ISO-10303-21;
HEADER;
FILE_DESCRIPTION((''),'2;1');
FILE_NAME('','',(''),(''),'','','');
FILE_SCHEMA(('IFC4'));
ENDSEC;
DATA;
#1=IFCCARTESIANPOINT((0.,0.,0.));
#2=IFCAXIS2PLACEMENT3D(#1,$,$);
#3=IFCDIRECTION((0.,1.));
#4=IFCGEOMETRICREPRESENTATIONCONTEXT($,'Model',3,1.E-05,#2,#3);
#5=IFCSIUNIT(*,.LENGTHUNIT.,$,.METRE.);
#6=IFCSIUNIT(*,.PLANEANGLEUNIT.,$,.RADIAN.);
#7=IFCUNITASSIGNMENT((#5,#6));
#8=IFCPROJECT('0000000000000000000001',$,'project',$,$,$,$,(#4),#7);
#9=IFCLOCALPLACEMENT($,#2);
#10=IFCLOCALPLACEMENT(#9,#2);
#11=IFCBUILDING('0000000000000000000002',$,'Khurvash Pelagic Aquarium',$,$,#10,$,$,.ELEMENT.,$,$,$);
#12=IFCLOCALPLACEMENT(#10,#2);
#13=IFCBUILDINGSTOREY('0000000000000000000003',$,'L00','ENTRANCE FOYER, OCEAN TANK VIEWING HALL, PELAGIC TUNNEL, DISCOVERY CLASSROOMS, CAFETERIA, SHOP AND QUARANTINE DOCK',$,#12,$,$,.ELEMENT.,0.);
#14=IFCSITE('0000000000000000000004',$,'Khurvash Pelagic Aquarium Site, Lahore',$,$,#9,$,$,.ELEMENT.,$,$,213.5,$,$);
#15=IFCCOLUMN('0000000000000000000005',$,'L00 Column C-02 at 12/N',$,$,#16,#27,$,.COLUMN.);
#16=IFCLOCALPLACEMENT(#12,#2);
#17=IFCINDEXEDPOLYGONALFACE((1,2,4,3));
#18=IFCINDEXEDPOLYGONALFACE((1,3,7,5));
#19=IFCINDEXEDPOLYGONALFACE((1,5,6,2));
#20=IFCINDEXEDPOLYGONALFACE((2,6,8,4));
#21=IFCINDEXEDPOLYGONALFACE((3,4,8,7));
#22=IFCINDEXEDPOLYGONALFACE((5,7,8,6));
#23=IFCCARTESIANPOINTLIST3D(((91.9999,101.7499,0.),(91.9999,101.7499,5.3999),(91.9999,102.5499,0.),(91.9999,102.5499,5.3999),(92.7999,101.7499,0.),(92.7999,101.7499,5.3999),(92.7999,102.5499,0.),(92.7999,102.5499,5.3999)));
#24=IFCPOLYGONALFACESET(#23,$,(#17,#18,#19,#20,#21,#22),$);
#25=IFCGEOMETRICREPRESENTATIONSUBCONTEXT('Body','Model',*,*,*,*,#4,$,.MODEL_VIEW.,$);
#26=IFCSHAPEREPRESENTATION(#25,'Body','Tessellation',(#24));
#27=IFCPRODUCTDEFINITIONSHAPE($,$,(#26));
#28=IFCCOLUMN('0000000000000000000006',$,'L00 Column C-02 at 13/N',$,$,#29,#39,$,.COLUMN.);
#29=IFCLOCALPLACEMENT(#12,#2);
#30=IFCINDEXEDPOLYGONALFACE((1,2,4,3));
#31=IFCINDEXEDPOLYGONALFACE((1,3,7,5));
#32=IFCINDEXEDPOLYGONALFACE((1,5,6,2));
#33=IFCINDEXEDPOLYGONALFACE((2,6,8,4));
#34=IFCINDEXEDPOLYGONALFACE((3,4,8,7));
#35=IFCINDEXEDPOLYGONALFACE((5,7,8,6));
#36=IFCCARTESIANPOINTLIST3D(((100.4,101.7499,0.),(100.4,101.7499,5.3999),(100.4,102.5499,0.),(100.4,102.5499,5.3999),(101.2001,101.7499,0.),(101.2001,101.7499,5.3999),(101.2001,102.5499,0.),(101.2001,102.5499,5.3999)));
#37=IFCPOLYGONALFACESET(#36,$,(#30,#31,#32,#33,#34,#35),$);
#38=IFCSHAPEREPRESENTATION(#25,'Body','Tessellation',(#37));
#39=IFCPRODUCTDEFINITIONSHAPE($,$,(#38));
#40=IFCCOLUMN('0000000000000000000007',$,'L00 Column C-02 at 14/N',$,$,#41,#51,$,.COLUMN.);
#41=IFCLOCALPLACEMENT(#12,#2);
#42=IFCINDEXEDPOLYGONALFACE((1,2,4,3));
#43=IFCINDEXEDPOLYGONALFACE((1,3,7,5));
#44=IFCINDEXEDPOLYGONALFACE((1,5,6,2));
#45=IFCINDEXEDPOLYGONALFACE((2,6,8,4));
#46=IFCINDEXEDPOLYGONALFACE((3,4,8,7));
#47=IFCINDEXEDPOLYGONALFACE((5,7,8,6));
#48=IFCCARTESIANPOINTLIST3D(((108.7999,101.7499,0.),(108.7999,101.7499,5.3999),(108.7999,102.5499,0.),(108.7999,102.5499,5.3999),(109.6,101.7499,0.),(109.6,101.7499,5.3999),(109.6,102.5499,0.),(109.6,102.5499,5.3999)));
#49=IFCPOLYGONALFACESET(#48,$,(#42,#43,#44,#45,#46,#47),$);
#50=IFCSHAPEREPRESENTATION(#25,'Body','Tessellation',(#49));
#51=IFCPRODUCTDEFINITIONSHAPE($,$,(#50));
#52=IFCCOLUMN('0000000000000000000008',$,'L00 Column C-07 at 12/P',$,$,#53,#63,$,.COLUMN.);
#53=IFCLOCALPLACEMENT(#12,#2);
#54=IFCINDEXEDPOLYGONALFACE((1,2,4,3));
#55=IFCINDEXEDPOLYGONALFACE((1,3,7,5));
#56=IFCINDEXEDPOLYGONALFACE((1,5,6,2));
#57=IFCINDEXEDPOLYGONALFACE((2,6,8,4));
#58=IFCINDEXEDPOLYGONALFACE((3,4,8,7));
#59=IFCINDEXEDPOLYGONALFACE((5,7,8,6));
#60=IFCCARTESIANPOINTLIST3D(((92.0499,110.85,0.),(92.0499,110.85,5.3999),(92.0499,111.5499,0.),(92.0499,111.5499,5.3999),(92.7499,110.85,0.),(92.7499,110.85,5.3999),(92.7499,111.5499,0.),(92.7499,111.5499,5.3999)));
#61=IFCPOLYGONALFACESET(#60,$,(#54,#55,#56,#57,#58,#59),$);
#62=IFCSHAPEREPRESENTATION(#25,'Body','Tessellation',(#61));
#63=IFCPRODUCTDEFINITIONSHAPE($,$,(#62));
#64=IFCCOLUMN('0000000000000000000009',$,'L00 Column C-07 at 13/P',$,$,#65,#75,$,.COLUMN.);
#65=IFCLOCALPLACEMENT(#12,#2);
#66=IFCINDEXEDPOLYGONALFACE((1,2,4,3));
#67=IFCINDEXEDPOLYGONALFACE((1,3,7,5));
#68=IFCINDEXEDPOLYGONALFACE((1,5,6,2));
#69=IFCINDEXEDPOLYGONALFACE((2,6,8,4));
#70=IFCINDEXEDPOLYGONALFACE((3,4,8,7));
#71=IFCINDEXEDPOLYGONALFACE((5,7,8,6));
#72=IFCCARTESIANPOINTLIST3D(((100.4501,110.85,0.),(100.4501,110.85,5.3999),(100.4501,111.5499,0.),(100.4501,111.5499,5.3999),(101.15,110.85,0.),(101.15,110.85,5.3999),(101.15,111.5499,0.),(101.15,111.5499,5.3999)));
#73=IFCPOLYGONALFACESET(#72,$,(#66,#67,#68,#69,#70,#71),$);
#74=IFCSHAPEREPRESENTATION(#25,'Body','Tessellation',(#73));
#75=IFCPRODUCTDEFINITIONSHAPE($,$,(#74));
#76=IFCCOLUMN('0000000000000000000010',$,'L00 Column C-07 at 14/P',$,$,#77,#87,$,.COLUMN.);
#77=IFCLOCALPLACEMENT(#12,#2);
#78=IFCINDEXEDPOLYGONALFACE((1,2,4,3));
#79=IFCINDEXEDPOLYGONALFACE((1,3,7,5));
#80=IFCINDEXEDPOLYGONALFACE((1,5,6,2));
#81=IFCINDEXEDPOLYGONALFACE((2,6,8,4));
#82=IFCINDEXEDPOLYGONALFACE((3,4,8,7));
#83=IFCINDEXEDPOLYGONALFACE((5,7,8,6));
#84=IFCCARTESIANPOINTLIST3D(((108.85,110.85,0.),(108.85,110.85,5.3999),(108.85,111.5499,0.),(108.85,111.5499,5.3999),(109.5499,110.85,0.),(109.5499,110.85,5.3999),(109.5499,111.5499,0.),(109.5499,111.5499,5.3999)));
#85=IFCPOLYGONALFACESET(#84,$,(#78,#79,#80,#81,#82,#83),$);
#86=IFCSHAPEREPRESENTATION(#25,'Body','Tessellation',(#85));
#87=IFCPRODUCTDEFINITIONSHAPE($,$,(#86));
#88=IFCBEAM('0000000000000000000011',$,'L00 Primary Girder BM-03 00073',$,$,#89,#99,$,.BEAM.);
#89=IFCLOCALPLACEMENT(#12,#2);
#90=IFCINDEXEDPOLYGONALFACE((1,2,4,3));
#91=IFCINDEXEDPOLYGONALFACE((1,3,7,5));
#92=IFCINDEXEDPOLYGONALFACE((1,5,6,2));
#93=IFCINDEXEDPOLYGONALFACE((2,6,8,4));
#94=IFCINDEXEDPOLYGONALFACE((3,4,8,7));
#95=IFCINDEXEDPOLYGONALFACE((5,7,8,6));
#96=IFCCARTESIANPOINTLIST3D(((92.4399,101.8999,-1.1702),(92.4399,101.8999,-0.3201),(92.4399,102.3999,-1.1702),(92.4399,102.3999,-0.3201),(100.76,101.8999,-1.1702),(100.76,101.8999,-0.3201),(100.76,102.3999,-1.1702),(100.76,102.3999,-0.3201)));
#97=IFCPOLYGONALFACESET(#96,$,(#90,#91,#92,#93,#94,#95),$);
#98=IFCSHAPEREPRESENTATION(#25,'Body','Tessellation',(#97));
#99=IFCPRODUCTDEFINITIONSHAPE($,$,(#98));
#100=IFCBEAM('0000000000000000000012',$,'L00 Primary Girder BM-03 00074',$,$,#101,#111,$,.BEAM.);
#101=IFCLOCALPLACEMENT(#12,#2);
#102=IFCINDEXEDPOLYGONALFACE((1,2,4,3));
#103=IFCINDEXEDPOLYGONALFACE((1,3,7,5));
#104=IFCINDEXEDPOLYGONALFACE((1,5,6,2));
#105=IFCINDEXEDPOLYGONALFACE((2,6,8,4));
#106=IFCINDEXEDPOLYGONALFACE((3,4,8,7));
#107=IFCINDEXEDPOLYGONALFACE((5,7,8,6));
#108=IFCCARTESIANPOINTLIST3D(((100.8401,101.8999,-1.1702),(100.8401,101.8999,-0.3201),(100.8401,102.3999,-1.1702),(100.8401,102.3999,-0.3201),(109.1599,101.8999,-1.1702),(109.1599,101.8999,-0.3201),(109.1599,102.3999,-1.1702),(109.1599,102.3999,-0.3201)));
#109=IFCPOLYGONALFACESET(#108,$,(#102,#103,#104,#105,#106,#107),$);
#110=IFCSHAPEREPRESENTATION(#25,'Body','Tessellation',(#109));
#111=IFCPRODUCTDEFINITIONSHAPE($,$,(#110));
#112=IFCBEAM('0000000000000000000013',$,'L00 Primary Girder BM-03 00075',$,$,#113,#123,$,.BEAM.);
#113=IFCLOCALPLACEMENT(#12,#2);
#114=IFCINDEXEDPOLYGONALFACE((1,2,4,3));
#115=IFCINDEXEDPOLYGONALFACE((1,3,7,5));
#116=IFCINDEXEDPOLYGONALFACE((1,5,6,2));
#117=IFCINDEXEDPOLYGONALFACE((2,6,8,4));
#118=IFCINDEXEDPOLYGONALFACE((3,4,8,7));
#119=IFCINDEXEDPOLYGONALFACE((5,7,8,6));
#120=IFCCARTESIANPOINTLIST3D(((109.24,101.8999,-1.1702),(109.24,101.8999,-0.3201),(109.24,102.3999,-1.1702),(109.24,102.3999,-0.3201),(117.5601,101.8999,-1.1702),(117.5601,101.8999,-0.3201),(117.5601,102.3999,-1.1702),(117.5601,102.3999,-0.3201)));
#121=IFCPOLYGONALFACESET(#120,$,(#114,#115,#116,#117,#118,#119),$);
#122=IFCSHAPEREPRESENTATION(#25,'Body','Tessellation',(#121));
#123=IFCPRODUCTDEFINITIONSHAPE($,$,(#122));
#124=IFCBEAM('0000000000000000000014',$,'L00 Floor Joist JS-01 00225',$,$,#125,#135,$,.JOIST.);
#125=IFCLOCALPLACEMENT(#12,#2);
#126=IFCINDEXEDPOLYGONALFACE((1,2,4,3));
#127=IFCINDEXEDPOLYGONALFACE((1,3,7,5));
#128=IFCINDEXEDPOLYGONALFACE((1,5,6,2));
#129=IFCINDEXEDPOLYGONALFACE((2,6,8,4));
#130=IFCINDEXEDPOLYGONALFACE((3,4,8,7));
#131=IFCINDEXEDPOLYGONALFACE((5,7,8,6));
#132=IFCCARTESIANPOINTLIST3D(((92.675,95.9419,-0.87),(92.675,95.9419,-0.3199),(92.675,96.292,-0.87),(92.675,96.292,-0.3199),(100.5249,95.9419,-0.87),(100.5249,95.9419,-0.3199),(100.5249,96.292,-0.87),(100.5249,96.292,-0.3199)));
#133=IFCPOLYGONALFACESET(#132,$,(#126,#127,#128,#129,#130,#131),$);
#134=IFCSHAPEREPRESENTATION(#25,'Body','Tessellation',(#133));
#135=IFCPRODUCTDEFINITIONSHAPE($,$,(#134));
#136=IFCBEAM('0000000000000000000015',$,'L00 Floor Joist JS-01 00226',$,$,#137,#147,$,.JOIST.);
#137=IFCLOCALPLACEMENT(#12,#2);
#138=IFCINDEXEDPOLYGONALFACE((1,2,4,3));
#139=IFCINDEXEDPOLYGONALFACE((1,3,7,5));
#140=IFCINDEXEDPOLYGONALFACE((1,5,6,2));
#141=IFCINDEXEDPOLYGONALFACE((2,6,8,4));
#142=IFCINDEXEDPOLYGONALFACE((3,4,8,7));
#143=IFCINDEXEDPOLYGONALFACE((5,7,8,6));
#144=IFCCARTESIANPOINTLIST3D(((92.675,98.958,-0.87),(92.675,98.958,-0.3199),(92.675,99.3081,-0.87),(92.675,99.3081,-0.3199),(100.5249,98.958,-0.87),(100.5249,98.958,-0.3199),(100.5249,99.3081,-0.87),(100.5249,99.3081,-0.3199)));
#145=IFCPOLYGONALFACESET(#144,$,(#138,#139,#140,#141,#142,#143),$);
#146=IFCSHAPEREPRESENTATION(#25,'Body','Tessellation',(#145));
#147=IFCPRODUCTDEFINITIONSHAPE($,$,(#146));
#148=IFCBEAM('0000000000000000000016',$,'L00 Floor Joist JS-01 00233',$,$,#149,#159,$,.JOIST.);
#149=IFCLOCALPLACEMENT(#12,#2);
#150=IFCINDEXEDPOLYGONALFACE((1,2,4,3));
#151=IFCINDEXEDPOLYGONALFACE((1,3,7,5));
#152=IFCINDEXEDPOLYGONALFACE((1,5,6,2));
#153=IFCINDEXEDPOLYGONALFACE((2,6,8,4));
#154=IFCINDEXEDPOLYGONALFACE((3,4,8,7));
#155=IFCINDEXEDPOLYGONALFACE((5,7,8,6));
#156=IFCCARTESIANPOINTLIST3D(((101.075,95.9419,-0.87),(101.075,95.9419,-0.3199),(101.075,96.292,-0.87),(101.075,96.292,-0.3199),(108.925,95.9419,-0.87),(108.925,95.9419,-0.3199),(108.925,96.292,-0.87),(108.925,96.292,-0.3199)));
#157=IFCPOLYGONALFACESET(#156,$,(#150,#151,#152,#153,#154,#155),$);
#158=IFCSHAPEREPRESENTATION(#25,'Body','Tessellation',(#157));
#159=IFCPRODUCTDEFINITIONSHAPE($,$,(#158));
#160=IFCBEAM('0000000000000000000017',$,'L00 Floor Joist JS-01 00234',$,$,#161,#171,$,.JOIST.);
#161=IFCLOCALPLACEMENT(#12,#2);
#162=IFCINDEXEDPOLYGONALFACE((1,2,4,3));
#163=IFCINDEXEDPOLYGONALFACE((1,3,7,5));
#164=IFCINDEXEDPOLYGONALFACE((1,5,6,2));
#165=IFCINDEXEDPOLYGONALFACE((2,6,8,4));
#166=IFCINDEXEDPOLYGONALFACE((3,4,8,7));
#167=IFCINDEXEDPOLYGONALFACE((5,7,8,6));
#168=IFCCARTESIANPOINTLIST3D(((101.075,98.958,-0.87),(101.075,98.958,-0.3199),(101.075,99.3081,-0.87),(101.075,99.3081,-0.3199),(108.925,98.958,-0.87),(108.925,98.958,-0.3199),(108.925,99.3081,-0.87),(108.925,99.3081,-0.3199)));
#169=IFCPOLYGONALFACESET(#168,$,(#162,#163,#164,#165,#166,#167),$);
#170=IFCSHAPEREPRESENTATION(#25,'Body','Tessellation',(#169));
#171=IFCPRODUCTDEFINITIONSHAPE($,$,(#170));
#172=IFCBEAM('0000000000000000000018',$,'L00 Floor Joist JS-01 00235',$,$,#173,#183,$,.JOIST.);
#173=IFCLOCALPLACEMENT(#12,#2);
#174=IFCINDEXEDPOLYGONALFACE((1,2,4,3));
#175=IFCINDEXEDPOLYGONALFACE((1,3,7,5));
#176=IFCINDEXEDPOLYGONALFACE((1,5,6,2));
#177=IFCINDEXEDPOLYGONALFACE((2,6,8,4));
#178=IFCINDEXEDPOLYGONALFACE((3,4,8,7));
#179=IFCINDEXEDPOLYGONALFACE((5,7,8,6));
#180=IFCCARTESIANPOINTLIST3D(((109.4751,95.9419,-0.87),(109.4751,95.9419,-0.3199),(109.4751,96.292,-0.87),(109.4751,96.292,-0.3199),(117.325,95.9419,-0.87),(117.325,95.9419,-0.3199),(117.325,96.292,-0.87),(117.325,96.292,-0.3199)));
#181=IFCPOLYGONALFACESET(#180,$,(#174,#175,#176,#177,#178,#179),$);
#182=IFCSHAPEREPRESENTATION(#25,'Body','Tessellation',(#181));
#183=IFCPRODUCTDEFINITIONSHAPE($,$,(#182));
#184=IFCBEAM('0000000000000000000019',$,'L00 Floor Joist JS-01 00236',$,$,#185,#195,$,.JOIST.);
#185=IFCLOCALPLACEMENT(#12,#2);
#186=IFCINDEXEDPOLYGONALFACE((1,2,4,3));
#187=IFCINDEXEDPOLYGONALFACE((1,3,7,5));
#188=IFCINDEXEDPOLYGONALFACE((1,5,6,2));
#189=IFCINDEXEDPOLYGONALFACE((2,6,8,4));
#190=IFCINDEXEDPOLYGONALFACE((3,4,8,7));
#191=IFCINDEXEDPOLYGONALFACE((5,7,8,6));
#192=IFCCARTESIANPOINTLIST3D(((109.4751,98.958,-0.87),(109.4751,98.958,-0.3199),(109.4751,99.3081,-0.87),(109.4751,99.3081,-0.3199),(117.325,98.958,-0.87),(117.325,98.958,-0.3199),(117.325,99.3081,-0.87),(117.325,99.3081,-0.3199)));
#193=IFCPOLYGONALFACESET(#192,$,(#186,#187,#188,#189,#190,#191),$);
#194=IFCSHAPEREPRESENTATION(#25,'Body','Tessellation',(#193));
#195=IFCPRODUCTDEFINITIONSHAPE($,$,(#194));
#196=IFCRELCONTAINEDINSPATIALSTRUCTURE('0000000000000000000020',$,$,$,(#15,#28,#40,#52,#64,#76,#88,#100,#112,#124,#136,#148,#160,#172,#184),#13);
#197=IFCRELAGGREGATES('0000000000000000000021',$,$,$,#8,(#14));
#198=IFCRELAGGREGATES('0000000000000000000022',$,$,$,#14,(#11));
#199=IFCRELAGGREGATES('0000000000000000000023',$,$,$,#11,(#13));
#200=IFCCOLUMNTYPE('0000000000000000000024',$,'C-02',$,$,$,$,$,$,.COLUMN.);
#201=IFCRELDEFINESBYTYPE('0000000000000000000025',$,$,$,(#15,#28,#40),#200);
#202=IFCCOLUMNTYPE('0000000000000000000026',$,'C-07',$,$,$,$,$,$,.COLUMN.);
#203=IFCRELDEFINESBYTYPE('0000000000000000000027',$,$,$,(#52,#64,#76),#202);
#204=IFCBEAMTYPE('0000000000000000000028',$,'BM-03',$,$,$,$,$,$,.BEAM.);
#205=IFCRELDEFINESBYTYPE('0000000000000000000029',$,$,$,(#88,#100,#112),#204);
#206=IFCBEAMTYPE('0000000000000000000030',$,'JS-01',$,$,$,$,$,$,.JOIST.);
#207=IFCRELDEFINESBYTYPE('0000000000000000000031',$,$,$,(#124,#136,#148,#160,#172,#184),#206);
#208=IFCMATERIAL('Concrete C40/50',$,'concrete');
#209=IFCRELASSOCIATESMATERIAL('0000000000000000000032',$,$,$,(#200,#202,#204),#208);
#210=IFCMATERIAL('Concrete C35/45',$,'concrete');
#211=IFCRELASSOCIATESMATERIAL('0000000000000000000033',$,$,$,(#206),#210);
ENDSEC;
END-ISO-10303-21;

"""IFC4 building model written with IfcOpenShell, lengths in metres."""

from ifc_helpers import new_model, si_unit, direction, frame, origin, origin_2d, place, context, subcontext, project, spatial, rectangle, extrude, material, material_profile, profile_set, type_object, element, save


model = new_model("IFC4")

# Units and contexts
model_context = context("Model", 3, precision=1e-05, world=origin(), true_north=direction((0.0, 1.0)))
body_context = subcontext(model_context, "Body", "Model", "MODEL_VIEW")
ifc_project = project(units=[si_unit("LENGTHUNIT", "METRE"), si_unit("PLANEANGLEUNIT", "RADIAN")], contexts=[model_context])

# Site, building, storey
site_placement = place(None, origin())
site = spatial("IfcSite", under=ifc_project, at=site_placement, Name="Khurvash Pelagic Aquarium Site, Lahore", CompositionType="ELEMENT", RefElevation=213.5)
building_placement = place(site_placement, origin())
building = spatial("IfcBuilding", under=site, at=building_placement, Name="Khurvash Pelagic Aquarium", CompositionType="ELEMENT")
storey_placement = place(building_placement, origin())
storey = spatial("IfcBuildingStorey", under=building, at=storey_placement, Name="L00", Description="ENTRANCE FOYER, OCEAN TANK VIEWING HALL, PELAGIC TUNNEL, DISCOVERY CLASSROOMS, CAFETERIA, SHOP AND QUARANTINE DOCK", CompositionType="ELEMENT", Elevation=0.0)

# Columns
ifc_material_1 = material(Name="Concrete C40/50", Category="concrete")
ifc_material_profile_1 = material_profile(ifc_material_1, rectangle(XDim=0.8, YDim=0.8, at=origin_2d()), Name="RC800X800")
ifc_profile_set_1 = profile_set([ifc_material_profile_1], Name="Concrete C40/50")
column_type_1 = type_object("IfcColumnType", Name="C-02", PredefinedType="COLUMN", material=ifc_profile_set_1)
for number, where, z_axis, x_axis, name in (
    (1, (92.3999, 102.1499, 0.0), (0.0, 0.0, 1.0), (1.0, 0.0, 0.0), "L00 Column C-02 at 12/N"),
    (2, (100.8, 102.1499, 0.0), (0.0, 0.0, 1.0), (1.0, 0.0, 0.0), "L00 Column C-02 at 13/N"),
    (3, (109.2, 102.1499, 0.0), (0.0, 0.0, 1.0), (1.0, 0.0, 0.0), "L00 Column C-02 at 14/N"),
):
    element("IfcColumn", number, at=place(storey_placement, frame(where, z_axis=z_axis, x_axis=x_axis)), inside=storey, type_object=column_type_1, Name=name, PredefinedType="COLUMN", context=body_context, shape_type="SweptSolid", body=[
        extrude(rectangle(XDim=0.8, YDim=0.8, at=origin_2d()), origin(), (0.0, 0.0, 1.0), 5.3999),
    ])
ifc_material_profile_2 = material_profile(ifc_material_1, rectangle(XDim=0.7, YDim=0.7, at=origin_2d()), Name="RC700X700")
ifc_profile_set_2 = profile_set([ifc_material_profile_2], Name="Concrete C40/50")
column_type_2 = type_object("IfcColumnType", Name="C-07", PredefinedType="COLUMN", material=ifc_profile_set_2)
for number, where, z_axis, x_axis, name in (
    (4, (92.3999, 111.2, 0.0), (0.0, 0.0, 1.0), (1.0, 0.0, 0.0), "L00 Column C-07 at 12/P"),
    (5, (100.8, 111.2, 0.0), (0.0, 0.0, 1.0), (1.0, 0.0, 0.0), "L00 Column C-07 at 13/P"),
    (6, (109.2, 111.2, 0.0), (0.0, 0.0, 1.0), (1.0, 0.0, 0.0), "L00 Column C-07 at 14/P"),
):
    element("IfcColumn", number, at=place(storey_placement, frame(where, z_axis=z_axis, x_axis=x_axis)), inside=storey, type_object=column_type_2, Name=name, PredefinedType="COLUMN", context=body_context, shape_type="SweptSolid", body=[
        extrude(rectangle(XDim=0.7, YDim=0.7, at=origin_2d()), origin(), (0.0, 0.0, 1.0), 5.3999),
    ])

# Beams
ifc_material_profile_3 = material_profile(ifc_material_1, rectangle(XDim=0.5, YDim=0.8501, at=origin_2d()), Name="RC500X850")
ifc_profile_set_3 = profile_set([ifc_material_profile_3], Name="Concrete C40/50")
beam_type_1 = type_object("IfcBeamType", Name="BM-03", PredefinedType="BEAM", material=ifc_profile_set_3)
beam_1_placement = place(storey_placement, frame((92.4399, 102.1499, -0.7451), z_axis=(1.0, 0.0, 0.0), x_axis=(0.0, 1.0, 0.0)))
element("IfcBeam", 7, at=beam_1_placement, inside=storey, type_object=beam_type_1, Name="L00 Primary Girder BM-03 00073", PredefinedType="BEAM", context=body_context, shape_type="SweptSolid", body=[
    extrude(rectangle(XDim=0.5, YDim=0.8501, at=origin_2d()), origin(), (0.0, 0.0, 1.0), 8.3201),
])
beam_2_placement = place(storey_placement, frame((100.8401, 102.1499, -0.7451), z_axis=(1.0, 0.0, 0.0), x_axis=(0.0, 1.0, 0.0)))
element("IfcBeam", 8, at=beam_2_placement, inside=storey, type_object=beam_type_1, Name="L00 Primary Girder BM-03 00074", PredefinedType="BEAM", context=body_context, shape_type="SweptSolid", body=[
    extrude(rectangle(XDim=0.5, YDim=0.8501, at=origin_2d()), origin(), (0.0, 0.0, 1.0), 8.3198),
])
beam_3_placement = place(storey_placement, frame((109.24, 102.1499, -0.7451), z_axis=(1.0, 0.0, 0.0), x_axis=(0.0, 1.0, 0.0)))
element("IfcBeam", 9, at=beam_3_placement, inside=storey, type_object=beam_type_1, Name="L00 Primary Girder BM-03 00075", PredefinedType="BEAM", context=body_context, shape_type="SweptSolid", body=[
    extrude(rectangle(XDim=0.5, YDim=0.8501, at=origin_2d()), origin(), (0.0, 0.0, 1.0), 8.3201),
])
ifc_material_2 = material(Name="Concrete C35/45", Category="concrete")
ifc_material_profile_4 = material_profile(ifc_material_2, rectangle(XDim=0.3501, YDim=0.55, at=origin_2d()), Name="RC350X550")
ifc_profile_set_4 = profile_set([ifc_material_profile_4], Name="Concrete C35/45")
beam_type_2 = type_object("IfcBeamType", Name="JS-01", PredefinedType="JOIST", material=ifc_profile_set_4)
for number, where, z_axis, x_axis, name in (
    (10, (92.675, 96.1169, -0.595), (1.0, 0.0, 0.0), (0.0, 1.0, 0.0), "L00 Floor Joist JS-01 00225"),
    (11, (92.675, 99.1331, -0.595), (1.0, 0.0, 0.0), (0.0, 1.0, 0.0), "L00 Floor Joist JS-01 00226"),
):
    element("IfcBeam", number, at=place(storey_placement, frame(where, z_axis=z_axis, x_axis=x_axis)), inside=storey, type_object=beam_type_2, Name=name, PredefinedType="JOIST", context=body_context, shape_type="SweptSolid", body=[
        extrude(rectangle(XDim=0.3501, YDim=0.55, at=origin_2d()), origin(), (0.0, 0.0, 1.0), 7.8499),
    ])
for number, where, z_axis, x_axis, name in (
    (12, (101.075, 96.1169, -0.595), (1.0, 0.0, 0.0), (0.0, 1.0, 0.0), "L00 Floor Joist JS-01 00233"),
    (13, (101.075, 99.1331, -0.595), (1.0, 0.0, 0.0), (0.0, 1.0, 0.0), "L00 Floor Joist JS-01 00234"),
):
    element("IfcBeam", number, at=place(storey_placement, frame(where, z_axis=z_axis, x_axis=x_axis)), inside=storey, type_object=beam_type_2, Name=name, PredefinedType="JOIST", context=body_context, shape_type="SweptSolid", body=[
        extrude(rectangle(XDim=0.3501, YDim=0.55, at=origin_2d()), origin(), (0.0, 0.0, 1.0), 7.8501),
    ])
for number, where, z_axis, x_axis, name in (
    (14, (109.4751, 96.1169, -0.595), (1.0, 0.0, 0.0), (0.0, 1.0, 0.0), "L00 Floor Joist JS-01 00235"),
    (15, (109.4751, 99.1331, -0.595), (1.0, 0.0, 0.0), (0.0, 1.0, 0.0), "L00 Floor Joist JS-01 00236"),
):
    element("IfcBeam", number, at=place(storey_placement, frame(where, z_axis=z_axis, x_axis=x_axis)), inside=storey, type_object=beam_type_2, Name=name, PredefinedType="JOIST", context=body_context, shape_type="SweptSolid", body=[
        extrude(rectangle(XDim=0.3501, YDim=0.55, at=origin_2d()), origin(), (0.0, 0.0, 1.0), 7.8499),
    ])

save(model, "model.ifc")
